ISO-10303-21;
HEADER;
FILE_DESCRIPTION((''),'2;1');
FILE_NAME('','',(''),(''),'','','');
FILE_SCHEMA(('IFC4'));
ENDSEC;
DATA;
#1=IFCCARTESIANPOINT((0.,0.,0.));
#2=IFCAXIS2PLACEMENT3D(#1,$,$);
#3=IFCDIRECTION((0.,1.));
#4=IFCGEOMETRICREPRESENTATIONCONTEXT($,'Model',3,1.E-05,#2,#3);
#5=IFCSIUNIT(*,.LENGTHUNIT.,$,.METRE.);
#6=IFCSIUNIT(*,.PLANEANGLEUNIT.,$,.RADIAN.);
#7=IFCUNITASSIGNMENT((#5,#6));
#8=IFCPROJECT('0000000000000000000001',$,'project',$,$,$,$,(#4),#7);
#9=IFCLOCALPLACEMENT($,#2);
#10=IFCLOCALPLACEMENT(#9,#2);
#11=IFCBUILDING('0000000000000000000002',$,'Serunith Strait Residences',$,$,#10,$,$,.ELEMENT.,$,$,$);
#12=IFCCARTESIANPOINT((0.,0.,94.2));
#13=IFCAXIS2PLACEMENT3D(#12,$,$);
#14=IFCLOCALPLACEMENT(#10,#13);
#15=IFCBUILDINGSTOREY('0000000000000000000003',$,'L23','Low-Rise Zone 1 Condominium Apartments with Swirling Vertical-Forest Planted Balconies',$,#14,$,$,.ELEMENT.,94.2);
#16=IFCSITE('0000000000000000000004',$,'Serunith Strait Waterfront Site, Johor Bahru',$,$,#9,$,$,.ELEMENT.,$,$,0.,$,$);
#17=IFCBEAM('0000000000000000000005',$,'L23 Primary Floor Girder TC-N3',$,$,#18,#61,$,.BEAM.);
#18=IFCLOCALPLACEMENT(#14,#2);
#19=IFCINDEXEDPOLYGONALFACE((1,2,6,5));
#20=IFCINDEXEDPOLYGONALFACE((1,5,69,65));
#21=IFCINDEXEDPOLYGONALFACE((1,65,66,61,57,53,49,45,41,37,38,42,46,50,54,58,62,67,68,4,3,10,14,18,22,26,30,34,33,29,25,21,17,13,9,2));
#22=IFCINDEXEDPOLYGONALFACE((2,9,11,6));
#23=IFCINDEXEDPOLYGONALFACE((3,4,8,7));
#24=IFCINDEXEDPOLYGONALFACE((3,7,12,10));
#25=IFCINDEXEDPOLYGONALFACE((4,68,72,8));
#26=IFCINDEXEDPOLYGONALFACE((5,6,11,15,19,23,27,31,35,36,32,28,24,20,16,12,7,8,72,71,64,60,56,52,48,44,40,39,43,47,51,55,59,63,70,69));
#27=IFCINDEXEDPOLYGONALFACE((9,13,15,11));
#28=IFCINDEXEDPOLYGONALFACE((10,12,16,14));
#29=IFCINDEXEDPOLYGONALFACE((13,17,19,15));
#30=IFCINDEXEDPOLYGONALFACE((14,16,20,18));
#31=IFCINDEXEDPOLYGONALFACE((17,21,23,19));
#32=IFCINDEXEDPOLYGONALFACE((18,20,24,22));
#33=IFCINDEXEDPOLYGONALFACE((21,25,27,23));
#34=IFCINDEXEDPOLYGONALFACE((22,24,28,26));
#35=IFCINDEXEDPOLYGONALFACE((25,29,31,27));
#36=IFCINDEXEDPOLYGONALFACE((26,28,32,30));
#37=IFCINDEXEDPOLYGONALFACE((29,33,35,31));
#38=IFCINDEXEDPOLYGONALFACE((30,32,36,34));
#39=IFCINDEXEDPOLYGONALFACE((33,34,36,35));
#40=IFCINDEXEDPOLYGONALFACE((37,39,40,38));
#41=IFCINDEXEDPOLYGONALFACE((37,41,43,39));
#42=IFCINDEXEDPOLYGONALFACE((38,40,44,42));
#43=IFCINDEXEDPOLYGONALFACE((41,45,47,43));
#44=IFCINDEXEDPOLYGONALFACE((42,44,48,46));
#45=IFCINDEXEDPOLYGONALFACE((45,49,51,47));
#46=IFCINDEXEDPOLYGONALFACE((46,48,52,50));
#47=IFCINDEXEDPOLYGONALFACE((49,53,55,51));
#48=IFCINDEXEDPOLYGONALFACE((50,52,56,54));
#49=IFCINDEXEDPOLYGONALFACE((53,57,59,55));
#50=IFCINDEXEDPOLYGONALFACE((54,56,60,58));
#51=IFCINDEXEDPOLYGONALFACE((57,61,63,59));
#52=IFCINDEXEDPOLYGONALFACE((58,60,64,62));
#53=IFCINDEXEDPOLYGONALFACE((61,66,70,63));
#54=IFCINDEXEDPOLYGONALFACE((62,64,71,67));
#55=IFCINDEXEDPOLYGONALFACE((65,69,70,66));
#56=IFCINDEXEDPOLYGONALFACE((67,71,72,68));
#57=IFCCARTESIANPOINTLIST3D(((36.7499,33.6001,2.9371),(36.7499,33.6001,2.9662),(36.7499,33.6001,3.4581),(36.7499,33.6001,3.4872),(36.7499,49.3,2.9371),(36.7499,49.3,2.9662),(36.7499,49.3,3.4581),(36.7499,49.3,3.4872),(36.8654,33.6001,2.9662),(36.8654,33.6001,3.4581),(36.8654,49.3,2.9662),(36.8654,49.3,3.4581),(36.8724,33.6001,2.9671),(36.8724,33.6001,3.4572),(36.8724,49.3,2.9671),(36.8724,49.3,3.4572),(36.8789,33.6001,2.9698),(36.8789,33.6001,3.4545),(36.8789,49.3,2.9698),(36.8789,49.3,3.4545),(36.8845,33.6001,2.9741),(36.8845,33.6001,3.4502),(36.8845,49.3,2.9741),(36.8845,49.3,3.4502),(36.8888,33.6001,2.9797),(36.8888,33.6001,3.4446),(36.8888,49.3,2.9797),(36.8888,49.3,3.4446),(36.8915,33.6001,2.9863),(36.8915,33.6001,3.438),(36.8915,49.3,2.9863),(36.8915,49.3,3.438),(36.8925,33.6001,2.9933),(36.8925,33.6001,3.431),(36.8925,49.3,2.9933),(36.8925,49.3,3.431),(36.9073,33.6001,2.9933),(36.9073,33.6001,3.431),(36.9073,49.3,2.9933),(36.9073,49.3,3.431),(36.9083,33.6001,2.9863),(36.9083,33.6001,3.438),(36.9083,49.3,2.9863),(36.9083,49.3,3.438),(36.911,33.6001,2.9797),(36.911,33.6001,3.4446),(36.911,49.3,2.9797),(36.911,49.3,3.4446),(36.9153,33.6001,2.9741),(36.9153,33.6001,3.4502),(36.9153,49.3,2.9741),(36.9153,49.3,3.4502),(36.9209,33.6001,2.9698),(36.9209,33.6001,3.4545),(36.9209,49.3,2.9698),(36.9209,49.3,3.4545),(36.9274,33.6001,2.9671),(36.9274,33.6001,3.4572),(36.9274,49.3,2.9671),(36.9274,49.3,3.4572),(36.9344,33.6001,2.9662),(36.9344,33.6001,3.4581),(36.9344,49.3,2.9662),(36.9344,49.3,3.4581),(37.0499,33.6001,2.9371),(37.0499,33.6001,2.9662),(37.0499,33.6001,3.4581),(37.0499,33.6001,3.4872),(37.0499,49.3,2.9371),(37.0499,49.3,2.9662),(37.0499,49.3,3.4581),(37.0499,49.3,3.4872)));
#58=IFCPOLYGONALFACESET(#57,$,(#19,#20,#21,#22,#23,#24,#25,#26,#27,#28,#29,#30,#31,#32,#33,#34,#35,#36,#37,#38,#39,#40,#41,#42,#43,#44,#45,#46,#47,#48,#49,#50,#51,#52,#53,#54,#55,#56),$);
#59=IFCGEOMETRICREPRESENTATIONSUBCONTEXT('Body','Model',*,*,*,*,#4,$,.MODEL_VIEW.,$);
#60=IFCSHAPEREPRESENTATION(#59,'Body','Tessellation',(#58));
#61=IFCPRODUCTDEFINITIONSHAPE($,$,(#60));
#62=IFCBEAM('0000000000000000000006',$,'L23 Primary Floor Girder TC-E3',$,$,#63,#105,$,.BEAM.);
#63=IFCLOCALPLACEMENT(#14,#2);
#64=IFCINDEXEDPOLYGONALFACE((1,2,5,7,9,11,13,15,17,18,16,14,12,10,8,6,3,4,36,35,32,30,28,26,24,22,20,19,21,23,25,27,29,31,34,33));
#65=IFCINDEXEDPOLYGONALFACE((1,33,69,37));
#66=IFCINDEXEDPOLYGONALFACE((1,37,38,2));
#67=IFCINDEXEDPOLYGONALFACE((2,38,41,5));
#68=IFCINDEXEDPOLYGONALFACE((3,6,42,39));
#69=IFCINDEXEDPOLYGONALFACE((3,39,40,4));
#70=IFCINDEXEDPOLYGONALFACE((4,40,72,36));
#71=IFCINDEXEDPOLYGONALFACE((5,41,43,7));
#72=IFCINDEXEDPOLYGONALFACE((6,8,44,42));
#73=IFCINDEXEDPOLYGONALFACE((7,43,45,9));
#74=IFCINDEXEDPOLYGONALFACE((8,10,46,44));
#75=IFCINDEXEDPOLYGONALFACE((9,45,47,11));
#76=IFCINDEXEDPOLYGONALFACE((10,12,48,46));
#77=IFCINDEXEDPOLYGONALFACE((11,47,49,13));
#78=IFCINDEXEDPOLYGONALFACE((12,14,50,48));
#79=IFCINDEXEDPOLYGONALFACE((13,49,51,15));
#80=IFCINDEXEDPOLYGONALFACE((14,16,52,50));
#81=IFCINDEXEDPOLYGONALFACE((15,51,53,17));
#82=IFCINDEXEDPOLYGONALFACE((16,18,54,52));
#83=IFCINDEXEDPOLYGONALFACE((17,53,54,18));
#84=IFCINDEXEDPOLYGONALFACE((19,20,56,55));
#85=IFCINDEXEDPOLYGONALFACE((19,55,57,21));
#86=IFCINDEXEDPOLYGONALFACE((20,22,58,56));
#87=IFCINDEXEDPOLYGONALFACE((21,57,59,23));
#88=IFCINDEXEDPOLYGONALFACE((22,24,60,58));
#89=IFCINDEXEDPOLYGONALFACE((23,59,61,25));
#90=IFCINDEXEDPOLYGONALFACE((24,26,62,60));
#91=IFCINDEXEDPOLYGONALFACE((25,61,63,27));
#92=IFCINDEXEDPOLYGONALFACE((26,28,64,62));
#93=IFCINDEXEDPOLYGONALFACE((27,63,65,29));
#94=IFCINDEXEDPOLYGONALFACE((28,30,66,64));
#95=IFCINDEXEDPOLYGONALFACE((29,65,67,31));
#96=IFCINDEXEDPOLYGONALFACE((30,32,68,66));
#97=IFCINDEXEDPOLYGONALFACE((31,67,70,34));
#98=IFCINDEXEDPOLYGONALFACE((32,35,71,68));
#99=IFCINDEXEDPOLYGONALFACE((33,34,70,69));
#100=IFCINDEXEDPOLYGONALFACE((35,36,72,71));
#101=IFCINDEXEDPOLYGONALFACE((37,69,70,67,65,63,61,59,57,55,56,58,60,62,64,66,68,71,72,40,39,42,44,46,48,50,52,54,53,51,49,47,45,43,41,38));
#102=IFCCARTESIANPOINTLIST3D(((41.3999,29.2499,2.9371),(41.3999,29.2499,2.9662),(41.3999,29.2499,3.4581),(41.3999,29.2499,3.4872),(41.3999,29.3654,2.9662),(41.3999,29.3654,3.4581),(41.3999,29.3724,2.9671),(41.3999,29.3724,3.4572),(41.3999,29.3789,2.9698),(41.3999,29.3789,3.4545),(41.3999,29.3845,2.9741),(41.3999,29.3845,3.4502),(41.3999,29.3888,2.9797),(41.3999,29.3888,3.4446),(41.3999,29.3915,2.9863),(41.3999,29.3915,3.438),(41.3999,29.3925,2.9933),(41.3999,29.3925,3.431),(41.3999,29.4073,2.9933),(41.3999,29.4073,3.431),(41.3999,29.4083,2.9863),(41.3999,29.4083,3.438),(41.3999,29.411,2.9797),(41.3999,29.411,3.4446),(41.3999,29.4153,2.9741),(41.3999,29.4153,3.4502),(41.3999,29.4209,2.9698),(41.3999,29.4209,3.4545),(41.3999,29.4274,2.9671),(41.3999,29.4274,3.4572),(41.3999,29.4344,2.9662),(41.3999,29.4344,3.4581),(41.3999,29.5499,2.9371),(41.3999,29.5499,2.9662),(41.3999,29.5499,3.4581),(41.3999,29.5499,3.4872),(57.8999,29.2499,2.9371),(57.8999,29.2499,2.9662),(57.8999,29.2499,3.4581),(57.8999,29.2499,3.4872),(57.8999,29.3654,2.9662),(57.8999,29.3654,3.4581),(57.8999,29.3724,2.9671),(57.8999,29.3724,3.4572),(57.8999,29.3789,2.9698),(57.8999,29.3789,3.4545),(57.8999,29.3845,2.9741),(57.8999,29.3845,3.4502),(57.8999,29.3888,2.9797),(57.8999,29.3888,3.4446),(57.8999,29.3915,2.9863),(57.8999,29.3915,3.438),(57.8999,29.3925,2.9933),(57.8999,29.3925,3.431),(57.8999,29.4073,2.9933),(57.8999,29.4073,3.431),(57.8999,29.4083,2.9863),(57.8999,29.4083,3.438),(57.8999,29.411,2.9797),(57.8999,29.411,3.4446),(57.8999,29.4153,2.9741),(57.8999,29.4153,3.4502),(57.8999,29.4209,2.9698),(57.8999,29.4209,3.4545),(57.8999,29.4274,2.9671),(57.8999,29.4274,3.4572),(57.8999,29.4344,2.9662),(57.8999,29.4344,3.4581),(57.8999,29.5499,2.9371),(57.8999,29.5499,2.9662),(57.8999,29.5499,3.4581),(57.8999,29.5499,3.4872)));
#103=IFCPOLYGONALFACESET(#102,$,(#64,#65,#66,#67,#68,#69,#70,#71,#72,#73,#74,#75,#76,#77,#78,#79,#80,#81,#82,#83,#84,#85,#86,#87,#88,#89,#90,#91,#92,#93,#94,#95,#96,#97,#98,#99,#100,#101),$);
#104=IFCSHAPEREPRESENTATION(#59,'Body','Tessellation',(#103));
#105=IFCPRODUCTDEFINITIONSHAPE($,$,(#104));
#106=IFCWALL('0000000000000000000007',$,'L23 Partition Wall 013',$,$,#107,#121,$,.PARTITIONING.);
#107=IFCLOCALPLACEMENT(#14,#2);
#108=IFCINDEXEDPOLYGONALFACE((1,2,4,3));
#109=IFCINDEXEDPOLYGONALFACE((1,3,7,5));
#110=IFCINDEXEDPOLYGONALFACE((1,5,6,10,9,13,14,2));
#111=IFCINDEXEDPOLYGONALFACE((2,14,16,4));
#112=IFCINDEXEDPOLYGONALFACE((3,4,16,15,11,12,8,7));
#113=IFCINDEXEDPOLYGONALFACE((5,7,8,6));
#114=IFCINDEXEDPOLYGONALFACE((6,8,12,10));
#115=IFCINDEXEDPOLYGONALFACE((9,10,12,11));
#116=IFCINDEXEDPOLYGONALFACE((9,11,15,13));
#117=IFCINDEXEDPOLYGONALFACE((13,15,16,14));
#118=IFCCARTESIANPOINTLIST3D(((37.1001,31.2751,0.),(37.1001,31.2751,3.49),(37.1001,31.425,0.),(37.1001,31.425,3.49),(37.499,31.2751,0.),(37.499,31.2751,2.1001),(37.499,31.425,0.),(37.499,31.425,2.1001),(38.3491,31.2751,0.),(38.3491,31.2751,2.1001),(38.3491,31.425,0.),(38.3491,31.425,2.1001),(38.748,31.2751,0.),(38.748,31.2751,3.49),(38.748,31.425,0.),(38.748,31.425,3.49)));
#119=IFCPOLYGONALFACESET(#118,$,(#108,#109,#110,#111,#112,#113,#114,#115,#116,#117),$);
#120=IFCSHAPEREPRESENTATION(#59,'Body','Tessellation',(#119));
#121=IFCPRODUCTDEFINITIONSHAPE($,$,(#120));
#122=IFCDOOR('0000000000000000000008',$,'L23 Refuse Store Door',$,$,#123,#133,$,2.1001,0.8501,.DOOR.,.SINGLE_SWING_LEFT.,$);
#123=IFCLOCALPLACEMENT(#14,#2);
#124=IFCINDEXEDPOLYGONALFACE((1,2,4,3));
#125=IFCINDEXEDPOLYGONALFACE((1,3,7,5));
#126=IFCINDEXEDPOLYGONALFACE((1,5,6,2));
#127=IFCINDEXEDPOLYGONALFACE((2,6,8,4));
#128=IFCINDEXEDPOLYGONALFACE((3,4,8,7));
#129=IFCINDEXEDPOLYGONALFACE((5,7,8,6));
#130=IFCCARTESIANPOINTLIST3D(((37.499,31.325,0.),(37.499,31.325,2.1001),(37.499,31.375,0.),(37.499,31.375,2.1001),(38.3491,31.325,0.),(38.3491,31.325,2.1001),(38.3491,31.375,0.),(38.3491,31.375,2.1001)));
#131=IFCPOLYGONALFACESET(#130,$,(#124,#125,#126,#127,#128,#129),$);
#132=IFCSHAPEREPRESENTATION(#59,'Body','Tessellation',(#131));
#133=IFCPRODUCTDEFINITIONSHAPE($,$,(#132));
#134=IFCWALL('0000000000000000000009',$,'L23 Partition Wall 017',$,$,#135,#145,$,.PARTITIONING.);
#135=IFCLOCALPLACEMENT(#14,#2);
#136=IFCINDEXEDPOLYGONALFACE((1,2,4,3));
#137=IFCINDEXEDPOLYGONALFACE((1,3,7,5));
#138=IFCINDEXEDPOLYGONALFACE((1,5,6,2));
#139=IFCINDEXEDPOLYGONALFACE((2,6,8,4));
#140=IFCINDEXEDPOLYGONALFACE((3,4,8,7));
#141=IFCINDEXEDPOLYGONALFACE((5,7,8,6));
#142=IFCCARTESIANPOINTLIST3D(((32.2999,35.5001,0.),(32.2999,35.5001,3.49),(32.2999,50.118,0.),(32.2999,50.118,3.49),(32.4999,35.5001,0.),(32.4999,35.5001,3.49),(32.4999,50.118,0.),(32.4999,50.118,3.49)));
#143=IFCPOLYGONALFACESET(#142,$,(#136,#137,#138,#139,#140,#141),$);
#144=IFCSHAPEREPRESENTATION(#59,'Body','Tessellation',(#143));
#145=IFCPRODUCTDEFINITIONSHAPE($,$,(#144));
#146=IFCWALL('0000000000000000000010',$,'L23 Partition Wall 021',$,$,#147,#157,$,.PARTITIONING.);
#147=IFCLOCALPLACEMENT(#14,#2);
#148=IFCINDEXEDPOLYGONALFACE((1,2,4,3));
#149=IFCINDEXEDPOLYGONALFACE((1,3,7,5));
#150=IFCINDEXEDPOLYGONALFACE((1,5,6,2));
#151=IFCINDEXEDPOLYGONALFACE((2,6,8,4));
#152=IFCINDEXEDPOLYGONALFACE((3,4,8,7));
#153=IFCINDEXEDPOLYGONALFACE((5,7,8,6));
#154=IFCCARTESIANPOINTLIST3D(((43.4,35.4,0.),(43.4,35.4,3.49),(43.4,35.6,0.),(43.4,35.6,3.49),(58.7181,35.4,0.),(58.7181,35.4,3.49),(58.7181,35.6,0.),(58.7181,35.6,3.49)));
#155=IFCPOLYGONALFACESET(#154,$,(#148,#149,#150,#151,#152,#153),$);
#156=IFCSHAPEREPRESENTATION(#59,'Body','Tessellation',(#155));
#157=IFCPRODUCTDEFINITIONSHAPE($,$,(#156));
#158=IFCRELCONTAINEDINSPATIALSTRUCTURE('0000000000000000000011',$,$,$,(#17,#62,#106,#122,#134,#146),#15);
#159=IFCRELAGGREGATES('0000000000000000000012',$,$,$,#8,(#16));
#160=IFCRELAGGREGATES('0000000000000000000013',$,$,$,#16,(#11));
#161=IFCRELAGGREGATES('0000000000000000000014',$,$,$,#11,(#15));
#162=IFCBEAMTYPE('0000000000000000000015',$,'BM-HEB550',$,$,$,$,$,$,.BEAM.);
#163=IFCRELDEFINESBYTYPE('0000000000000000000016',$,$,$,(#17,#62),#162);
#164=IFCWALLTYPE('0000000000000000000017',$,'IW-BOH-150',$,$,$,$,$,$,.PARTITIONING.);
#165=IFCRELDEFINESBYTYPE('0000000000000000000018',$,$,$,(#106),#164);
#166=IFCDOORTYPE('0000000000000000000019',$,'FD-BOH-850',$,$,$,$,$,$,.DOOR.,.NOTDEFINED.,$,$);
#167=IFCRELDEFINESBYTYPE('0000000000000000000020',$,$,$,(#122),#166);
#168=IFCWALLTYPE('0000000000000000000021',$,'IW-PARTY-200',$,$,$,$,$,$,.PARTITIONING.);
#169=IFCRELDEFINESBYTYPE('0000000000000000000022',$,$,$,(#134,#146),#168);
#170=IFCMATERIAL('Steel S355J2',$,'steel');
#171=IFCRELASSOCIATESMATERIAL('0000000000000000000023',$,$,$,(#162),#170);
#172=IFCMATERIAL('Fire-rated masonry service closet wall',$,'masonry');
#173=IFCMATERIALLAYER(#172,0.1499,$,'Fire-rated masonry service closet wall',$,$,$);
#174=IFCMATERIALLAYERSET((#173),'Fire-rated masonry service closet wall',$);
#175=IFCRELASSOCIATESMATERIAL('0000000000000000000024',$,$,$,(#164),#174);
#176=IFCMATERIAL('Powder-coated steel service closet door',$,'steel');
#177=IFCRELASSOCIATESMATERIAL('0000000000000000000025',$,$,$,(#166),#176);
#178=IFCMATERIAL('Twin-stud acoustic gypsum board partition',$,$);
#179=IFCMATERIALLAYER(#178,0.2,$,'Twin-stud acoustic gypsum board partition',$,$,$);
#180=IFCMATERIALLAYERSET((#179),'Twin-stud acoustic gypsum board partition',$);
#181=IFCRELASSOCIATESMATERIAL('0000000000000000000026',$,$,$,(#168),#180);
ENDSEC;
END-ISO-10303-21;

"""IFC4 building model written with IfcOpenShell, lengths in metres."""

from ifc_helpers import new_model, si_unit, direction, frame, frame_2d, origin, origin_2d, place, context, subcontext, project, spatial, rectangle, i_section, extrude, source, transform, mapped, material, layer, layer_set, material_profile, profile_set, type_object, element, fill, save


model = new_model("IFC4")

# Units and contexts
model_context = context("Model", 3, precision=1e-05, world=origin(), true_north=direction((0.0, 1.0)))
body_context = subcontext(model_context, "Body", "Model", "MODEL_VIEW")
ifc_project = project(units=[si_unit("LENGTHUNIT", "METRE"), si_unit("PLANEANGLEUNIT", "RADIAN")], contexts=[model_context])

# Site, building, storey
site_placement = place(None, origin())
site = spatial("IfcSite", under=ifc_project, at=site_placement, Name="Serunith Strait Waterfront Site, Johor Bahru", CompositionType="ELEMENT", RefElevation=0.0)
building_placement = place(site_placement, origin())
building = spatial("IfcBuilding", under=site, at=building_placement, Name="Serunith Strait Residences", CompositionType="ELEMENT")
storey_placement = place(building_placement, frame((0.0, 0.0, 94.2)))
storey = spatial("IfcBuildingStorey", under=building, at=storey_placement, Name="L23", Description="Low-Rise Zone 1 Condominium Apartments with Swirling Vertical-Forest Planted Balconies", CompositionType="ELEMENT", Elevation=94.2)

# Beams
ifc_material_1 = material(Name="Steel S355J2", Category="steel")
ifc_material_profile = material_profile(ifc_material_1, i_section(OverallWidth=0.3, OverallDepth=0.55, WebThickness=0.0149, FlangeThickness=0.0291, FilletRadius=0.0271, at=origin_2d()), Name="HEB 550")
ifc_profile_set = profile_set([ifc_material_profile], Name="Steel S355J2")
beam_type = type_object("IfcBeamType", Name="BM-HEB550", PredefinedType="BEAM", material=ifc_profile_set)
shared_shape_1 = source(origin(), body_context, "Body", "SweptSolid", [
    extrude(i_section(OverallWidth=0.3, OverallDepth=0.55, WebThickness=0.0149, FlangeThickness=0.0291, FilletRadius=0.0271, at=origin_2d()), origin(), (0.0, 0.0, 1.0), 15.7),
])
beam_1_placement = place(storey_placement, frame((36.8999, 33.6001, 3.2122), z_axis=(0.0, 1.0, 0.0), x_axis=(-1.0, 0.0, 0.0)))
element("IfcBeam", 1, at=beam_1_placement, inside=storey, type_object=beam_type, Name="L23 Primary Floor Girder TC-N3", PredefinedType="BEAM", context=body_context, shape_type="MappedRepresentation", body=[
    mapped(shared_shape_1, transform((0.0, 0.0, 0.0), scale=1.0)),
])
shared_shape_2 = source(origin(), body_context, "Body", "SweptSolid", [
    extrude(i_section(OverallWidth=0.3, OverallDepth=0.55, WebThickness=0.0149, FlangeThickness=0.0291, FilletRadius=0.0271, at=origin_2d()), origin(), (0.0, 0.0, 1.0), 16.5),
])
beam_2_placement = place(storey_placement, frame((41.3999, 29.3999, 3.2122), z_axis=(1.0, 0.0, 0.0), x_axis=(0.0, 1.0, 0.0)))
element("IfcBeam", 2, at=beam_2_placement, inside=storey, type_object=beam_type, Name="L23 Primary Floor Girder TC-E3", PredefinedType="BEAM", context=body_context, shape_type="MappedRepresentation", body=[
    mapped(shared_shape_2, transform((0.0, 0.0, 0.0), scale=1.0)),
])

# Wall, opening, door
ifc_material_2 = material(Name="Fire-rated masonry service closet wall", Category="masonry")
ifc_layer_1 = layer(ifc_material_2, 0.1499, Name="Fire-rated masonry service closet wall")
ifc_layer_set_1 = layer_set([ifc_layer_1], Name="Fire-rated masonry service closet wall")
wall_type_1 = type_object("IfcWallType", Name="IW-BOH-150", PredefinedType="PARTITIONING", material=ifc_layer_set_1)
wall_1_placement = place(storey_placement, frame((37.1001, 31.3501, 0.0), z_axis=(0.0, 0.0, 1.0), x_axis=(1.0, 0.0, 0.0)))
wall_1 = element("IfcWall", 3, at=wall_1_placement, inside=storey, type_object=wall_type_1, Name="L23 Partition Wall 013", PredefinedType="PARTITIONING", context=body_context, shape_type="SweptSolid", body=[
    extrude(rectangle(XDim=1.6479, YDim=0.1499, at=frame_2d((0.824, 0.0))), origin(), (0.0, 0.0, 1.0), 3.49),
])
opening_1_placement = place(wall_1_placement, frame((0.3989, 0.0, 0.0)))
opening_1 = element("IfcOpeningElement", 4, at=opening_1_placement, cuts=wall_1, PredefinedType="OPENING", context=body_context, shape_type="SweptSolid", body=[
    extrude(rectangle(XDim=0.8501, YDim=2.1001, at=frame_2d((0.425, 1.05))), frame((0.0, 0.085, 0.0), z_axis=(0.0, -1.0, 0.0), x_axis=(1.0, 0.0, 0.0)), (0.0, 0.0, 1.0), 0.1699),
])
ifc_material_3 = material(Name="Powder-coated steel service closet door", Category="steel")
door_type_1 = type_object("IfcDoorType", Name="FD-BOH-850", OperationType="NOTDEFINED", PredefinedType="DOOR", material=ifc_material_3)
shared_shape_3 = source(origin(), body_context, "Body", "SweptSolid", [
    extrude(rectangle(XDim=0.8501, YDim=2.1001, at=frame_2d((0.425, 1.05))), frame((0.0, 0.0249, 0.0), z_axis=(0.0, -1.0, 0.0), x_axis=(1.0, 0.0, 0.0)), (0.0, 0.0, 1.0), 0.05),
])
door_1_placement = place(opening_1_placement, origin())
door_1 = element("IfcDoor", 5, at=door_1_placement, inside=storey, type_object=door_type_1, Name="L23 Refuse Store Door", OperationType="SINGLE_SWING_LEFT", OverallHeight=2.1001, OverallWidth=0.8501, PredefinedType="DOOR", context=body_context, shape_type="MappedRepresentation", body=[
    mapped(shared_shape_3, transform((0.0, 0.0, 0.0), scale=1.0)),
])
fill(opening_1, door_1)

# Walls
ifc_material_4 = material(Name="Twin-stud acoustic gypsum board partition")
ifc_layer_2 = layer(ifc_material_4, 0.2, Name="Twin-stud acoustic gypsum board partition")
ifc_layer_set_2 = layer_set([ifc_layer_2], Name="Twin-stud acoustic gypsum board partition")
wall_type_2 = type_object("IfcWallType", Name="IW-PARTY-200", PredefinedType="PARTITIONING", material=ifc_layer_set_2)
wall_2_placement = place(storey_placement, frame((32.3999, 35.5, 0.0), z_axis=(0.0, 0.0, 1.0), x_axis=(0.0, 1.0, 0.0)))
element("IfcWall", 6, at=wall_2_placement, inside=storey, type_object=wall_type_2, Name="L23 Partition Wall 017", PredefinedType="PARTITIONING", context=body_context, shape_type="SweptSolid", body=[
    extrude(rectangle(XDim=14.6179, YDim=0.2, at=frame_2d((7.3091, 0.0))), origin(), (0.0, 0.0, 1.0), 3.49),
])
wall_3_placement = place(storey_placement, frame((43.3999, 35.5, 0.0), z_axis=(0.0, 0.0, 1.0), x_axis=(1.0, 0.0, 0.0)))
element("IfcWall", 7, at=wall_3_placement, inside=storey, type_object=wall_type_2, Name="L23 Partition Wall 021", PredefinedType="PARTITIONING", context=body_context, shape_type="SweptSolid", body=[
    extrude(rectangle(XDim=15.3181, YDim=0.2, at=frame_2d((7.6592, 0.0))), origin(), (0.0, 0.0, 1.0), 3.49),
])

save(model, "model.ifc")
